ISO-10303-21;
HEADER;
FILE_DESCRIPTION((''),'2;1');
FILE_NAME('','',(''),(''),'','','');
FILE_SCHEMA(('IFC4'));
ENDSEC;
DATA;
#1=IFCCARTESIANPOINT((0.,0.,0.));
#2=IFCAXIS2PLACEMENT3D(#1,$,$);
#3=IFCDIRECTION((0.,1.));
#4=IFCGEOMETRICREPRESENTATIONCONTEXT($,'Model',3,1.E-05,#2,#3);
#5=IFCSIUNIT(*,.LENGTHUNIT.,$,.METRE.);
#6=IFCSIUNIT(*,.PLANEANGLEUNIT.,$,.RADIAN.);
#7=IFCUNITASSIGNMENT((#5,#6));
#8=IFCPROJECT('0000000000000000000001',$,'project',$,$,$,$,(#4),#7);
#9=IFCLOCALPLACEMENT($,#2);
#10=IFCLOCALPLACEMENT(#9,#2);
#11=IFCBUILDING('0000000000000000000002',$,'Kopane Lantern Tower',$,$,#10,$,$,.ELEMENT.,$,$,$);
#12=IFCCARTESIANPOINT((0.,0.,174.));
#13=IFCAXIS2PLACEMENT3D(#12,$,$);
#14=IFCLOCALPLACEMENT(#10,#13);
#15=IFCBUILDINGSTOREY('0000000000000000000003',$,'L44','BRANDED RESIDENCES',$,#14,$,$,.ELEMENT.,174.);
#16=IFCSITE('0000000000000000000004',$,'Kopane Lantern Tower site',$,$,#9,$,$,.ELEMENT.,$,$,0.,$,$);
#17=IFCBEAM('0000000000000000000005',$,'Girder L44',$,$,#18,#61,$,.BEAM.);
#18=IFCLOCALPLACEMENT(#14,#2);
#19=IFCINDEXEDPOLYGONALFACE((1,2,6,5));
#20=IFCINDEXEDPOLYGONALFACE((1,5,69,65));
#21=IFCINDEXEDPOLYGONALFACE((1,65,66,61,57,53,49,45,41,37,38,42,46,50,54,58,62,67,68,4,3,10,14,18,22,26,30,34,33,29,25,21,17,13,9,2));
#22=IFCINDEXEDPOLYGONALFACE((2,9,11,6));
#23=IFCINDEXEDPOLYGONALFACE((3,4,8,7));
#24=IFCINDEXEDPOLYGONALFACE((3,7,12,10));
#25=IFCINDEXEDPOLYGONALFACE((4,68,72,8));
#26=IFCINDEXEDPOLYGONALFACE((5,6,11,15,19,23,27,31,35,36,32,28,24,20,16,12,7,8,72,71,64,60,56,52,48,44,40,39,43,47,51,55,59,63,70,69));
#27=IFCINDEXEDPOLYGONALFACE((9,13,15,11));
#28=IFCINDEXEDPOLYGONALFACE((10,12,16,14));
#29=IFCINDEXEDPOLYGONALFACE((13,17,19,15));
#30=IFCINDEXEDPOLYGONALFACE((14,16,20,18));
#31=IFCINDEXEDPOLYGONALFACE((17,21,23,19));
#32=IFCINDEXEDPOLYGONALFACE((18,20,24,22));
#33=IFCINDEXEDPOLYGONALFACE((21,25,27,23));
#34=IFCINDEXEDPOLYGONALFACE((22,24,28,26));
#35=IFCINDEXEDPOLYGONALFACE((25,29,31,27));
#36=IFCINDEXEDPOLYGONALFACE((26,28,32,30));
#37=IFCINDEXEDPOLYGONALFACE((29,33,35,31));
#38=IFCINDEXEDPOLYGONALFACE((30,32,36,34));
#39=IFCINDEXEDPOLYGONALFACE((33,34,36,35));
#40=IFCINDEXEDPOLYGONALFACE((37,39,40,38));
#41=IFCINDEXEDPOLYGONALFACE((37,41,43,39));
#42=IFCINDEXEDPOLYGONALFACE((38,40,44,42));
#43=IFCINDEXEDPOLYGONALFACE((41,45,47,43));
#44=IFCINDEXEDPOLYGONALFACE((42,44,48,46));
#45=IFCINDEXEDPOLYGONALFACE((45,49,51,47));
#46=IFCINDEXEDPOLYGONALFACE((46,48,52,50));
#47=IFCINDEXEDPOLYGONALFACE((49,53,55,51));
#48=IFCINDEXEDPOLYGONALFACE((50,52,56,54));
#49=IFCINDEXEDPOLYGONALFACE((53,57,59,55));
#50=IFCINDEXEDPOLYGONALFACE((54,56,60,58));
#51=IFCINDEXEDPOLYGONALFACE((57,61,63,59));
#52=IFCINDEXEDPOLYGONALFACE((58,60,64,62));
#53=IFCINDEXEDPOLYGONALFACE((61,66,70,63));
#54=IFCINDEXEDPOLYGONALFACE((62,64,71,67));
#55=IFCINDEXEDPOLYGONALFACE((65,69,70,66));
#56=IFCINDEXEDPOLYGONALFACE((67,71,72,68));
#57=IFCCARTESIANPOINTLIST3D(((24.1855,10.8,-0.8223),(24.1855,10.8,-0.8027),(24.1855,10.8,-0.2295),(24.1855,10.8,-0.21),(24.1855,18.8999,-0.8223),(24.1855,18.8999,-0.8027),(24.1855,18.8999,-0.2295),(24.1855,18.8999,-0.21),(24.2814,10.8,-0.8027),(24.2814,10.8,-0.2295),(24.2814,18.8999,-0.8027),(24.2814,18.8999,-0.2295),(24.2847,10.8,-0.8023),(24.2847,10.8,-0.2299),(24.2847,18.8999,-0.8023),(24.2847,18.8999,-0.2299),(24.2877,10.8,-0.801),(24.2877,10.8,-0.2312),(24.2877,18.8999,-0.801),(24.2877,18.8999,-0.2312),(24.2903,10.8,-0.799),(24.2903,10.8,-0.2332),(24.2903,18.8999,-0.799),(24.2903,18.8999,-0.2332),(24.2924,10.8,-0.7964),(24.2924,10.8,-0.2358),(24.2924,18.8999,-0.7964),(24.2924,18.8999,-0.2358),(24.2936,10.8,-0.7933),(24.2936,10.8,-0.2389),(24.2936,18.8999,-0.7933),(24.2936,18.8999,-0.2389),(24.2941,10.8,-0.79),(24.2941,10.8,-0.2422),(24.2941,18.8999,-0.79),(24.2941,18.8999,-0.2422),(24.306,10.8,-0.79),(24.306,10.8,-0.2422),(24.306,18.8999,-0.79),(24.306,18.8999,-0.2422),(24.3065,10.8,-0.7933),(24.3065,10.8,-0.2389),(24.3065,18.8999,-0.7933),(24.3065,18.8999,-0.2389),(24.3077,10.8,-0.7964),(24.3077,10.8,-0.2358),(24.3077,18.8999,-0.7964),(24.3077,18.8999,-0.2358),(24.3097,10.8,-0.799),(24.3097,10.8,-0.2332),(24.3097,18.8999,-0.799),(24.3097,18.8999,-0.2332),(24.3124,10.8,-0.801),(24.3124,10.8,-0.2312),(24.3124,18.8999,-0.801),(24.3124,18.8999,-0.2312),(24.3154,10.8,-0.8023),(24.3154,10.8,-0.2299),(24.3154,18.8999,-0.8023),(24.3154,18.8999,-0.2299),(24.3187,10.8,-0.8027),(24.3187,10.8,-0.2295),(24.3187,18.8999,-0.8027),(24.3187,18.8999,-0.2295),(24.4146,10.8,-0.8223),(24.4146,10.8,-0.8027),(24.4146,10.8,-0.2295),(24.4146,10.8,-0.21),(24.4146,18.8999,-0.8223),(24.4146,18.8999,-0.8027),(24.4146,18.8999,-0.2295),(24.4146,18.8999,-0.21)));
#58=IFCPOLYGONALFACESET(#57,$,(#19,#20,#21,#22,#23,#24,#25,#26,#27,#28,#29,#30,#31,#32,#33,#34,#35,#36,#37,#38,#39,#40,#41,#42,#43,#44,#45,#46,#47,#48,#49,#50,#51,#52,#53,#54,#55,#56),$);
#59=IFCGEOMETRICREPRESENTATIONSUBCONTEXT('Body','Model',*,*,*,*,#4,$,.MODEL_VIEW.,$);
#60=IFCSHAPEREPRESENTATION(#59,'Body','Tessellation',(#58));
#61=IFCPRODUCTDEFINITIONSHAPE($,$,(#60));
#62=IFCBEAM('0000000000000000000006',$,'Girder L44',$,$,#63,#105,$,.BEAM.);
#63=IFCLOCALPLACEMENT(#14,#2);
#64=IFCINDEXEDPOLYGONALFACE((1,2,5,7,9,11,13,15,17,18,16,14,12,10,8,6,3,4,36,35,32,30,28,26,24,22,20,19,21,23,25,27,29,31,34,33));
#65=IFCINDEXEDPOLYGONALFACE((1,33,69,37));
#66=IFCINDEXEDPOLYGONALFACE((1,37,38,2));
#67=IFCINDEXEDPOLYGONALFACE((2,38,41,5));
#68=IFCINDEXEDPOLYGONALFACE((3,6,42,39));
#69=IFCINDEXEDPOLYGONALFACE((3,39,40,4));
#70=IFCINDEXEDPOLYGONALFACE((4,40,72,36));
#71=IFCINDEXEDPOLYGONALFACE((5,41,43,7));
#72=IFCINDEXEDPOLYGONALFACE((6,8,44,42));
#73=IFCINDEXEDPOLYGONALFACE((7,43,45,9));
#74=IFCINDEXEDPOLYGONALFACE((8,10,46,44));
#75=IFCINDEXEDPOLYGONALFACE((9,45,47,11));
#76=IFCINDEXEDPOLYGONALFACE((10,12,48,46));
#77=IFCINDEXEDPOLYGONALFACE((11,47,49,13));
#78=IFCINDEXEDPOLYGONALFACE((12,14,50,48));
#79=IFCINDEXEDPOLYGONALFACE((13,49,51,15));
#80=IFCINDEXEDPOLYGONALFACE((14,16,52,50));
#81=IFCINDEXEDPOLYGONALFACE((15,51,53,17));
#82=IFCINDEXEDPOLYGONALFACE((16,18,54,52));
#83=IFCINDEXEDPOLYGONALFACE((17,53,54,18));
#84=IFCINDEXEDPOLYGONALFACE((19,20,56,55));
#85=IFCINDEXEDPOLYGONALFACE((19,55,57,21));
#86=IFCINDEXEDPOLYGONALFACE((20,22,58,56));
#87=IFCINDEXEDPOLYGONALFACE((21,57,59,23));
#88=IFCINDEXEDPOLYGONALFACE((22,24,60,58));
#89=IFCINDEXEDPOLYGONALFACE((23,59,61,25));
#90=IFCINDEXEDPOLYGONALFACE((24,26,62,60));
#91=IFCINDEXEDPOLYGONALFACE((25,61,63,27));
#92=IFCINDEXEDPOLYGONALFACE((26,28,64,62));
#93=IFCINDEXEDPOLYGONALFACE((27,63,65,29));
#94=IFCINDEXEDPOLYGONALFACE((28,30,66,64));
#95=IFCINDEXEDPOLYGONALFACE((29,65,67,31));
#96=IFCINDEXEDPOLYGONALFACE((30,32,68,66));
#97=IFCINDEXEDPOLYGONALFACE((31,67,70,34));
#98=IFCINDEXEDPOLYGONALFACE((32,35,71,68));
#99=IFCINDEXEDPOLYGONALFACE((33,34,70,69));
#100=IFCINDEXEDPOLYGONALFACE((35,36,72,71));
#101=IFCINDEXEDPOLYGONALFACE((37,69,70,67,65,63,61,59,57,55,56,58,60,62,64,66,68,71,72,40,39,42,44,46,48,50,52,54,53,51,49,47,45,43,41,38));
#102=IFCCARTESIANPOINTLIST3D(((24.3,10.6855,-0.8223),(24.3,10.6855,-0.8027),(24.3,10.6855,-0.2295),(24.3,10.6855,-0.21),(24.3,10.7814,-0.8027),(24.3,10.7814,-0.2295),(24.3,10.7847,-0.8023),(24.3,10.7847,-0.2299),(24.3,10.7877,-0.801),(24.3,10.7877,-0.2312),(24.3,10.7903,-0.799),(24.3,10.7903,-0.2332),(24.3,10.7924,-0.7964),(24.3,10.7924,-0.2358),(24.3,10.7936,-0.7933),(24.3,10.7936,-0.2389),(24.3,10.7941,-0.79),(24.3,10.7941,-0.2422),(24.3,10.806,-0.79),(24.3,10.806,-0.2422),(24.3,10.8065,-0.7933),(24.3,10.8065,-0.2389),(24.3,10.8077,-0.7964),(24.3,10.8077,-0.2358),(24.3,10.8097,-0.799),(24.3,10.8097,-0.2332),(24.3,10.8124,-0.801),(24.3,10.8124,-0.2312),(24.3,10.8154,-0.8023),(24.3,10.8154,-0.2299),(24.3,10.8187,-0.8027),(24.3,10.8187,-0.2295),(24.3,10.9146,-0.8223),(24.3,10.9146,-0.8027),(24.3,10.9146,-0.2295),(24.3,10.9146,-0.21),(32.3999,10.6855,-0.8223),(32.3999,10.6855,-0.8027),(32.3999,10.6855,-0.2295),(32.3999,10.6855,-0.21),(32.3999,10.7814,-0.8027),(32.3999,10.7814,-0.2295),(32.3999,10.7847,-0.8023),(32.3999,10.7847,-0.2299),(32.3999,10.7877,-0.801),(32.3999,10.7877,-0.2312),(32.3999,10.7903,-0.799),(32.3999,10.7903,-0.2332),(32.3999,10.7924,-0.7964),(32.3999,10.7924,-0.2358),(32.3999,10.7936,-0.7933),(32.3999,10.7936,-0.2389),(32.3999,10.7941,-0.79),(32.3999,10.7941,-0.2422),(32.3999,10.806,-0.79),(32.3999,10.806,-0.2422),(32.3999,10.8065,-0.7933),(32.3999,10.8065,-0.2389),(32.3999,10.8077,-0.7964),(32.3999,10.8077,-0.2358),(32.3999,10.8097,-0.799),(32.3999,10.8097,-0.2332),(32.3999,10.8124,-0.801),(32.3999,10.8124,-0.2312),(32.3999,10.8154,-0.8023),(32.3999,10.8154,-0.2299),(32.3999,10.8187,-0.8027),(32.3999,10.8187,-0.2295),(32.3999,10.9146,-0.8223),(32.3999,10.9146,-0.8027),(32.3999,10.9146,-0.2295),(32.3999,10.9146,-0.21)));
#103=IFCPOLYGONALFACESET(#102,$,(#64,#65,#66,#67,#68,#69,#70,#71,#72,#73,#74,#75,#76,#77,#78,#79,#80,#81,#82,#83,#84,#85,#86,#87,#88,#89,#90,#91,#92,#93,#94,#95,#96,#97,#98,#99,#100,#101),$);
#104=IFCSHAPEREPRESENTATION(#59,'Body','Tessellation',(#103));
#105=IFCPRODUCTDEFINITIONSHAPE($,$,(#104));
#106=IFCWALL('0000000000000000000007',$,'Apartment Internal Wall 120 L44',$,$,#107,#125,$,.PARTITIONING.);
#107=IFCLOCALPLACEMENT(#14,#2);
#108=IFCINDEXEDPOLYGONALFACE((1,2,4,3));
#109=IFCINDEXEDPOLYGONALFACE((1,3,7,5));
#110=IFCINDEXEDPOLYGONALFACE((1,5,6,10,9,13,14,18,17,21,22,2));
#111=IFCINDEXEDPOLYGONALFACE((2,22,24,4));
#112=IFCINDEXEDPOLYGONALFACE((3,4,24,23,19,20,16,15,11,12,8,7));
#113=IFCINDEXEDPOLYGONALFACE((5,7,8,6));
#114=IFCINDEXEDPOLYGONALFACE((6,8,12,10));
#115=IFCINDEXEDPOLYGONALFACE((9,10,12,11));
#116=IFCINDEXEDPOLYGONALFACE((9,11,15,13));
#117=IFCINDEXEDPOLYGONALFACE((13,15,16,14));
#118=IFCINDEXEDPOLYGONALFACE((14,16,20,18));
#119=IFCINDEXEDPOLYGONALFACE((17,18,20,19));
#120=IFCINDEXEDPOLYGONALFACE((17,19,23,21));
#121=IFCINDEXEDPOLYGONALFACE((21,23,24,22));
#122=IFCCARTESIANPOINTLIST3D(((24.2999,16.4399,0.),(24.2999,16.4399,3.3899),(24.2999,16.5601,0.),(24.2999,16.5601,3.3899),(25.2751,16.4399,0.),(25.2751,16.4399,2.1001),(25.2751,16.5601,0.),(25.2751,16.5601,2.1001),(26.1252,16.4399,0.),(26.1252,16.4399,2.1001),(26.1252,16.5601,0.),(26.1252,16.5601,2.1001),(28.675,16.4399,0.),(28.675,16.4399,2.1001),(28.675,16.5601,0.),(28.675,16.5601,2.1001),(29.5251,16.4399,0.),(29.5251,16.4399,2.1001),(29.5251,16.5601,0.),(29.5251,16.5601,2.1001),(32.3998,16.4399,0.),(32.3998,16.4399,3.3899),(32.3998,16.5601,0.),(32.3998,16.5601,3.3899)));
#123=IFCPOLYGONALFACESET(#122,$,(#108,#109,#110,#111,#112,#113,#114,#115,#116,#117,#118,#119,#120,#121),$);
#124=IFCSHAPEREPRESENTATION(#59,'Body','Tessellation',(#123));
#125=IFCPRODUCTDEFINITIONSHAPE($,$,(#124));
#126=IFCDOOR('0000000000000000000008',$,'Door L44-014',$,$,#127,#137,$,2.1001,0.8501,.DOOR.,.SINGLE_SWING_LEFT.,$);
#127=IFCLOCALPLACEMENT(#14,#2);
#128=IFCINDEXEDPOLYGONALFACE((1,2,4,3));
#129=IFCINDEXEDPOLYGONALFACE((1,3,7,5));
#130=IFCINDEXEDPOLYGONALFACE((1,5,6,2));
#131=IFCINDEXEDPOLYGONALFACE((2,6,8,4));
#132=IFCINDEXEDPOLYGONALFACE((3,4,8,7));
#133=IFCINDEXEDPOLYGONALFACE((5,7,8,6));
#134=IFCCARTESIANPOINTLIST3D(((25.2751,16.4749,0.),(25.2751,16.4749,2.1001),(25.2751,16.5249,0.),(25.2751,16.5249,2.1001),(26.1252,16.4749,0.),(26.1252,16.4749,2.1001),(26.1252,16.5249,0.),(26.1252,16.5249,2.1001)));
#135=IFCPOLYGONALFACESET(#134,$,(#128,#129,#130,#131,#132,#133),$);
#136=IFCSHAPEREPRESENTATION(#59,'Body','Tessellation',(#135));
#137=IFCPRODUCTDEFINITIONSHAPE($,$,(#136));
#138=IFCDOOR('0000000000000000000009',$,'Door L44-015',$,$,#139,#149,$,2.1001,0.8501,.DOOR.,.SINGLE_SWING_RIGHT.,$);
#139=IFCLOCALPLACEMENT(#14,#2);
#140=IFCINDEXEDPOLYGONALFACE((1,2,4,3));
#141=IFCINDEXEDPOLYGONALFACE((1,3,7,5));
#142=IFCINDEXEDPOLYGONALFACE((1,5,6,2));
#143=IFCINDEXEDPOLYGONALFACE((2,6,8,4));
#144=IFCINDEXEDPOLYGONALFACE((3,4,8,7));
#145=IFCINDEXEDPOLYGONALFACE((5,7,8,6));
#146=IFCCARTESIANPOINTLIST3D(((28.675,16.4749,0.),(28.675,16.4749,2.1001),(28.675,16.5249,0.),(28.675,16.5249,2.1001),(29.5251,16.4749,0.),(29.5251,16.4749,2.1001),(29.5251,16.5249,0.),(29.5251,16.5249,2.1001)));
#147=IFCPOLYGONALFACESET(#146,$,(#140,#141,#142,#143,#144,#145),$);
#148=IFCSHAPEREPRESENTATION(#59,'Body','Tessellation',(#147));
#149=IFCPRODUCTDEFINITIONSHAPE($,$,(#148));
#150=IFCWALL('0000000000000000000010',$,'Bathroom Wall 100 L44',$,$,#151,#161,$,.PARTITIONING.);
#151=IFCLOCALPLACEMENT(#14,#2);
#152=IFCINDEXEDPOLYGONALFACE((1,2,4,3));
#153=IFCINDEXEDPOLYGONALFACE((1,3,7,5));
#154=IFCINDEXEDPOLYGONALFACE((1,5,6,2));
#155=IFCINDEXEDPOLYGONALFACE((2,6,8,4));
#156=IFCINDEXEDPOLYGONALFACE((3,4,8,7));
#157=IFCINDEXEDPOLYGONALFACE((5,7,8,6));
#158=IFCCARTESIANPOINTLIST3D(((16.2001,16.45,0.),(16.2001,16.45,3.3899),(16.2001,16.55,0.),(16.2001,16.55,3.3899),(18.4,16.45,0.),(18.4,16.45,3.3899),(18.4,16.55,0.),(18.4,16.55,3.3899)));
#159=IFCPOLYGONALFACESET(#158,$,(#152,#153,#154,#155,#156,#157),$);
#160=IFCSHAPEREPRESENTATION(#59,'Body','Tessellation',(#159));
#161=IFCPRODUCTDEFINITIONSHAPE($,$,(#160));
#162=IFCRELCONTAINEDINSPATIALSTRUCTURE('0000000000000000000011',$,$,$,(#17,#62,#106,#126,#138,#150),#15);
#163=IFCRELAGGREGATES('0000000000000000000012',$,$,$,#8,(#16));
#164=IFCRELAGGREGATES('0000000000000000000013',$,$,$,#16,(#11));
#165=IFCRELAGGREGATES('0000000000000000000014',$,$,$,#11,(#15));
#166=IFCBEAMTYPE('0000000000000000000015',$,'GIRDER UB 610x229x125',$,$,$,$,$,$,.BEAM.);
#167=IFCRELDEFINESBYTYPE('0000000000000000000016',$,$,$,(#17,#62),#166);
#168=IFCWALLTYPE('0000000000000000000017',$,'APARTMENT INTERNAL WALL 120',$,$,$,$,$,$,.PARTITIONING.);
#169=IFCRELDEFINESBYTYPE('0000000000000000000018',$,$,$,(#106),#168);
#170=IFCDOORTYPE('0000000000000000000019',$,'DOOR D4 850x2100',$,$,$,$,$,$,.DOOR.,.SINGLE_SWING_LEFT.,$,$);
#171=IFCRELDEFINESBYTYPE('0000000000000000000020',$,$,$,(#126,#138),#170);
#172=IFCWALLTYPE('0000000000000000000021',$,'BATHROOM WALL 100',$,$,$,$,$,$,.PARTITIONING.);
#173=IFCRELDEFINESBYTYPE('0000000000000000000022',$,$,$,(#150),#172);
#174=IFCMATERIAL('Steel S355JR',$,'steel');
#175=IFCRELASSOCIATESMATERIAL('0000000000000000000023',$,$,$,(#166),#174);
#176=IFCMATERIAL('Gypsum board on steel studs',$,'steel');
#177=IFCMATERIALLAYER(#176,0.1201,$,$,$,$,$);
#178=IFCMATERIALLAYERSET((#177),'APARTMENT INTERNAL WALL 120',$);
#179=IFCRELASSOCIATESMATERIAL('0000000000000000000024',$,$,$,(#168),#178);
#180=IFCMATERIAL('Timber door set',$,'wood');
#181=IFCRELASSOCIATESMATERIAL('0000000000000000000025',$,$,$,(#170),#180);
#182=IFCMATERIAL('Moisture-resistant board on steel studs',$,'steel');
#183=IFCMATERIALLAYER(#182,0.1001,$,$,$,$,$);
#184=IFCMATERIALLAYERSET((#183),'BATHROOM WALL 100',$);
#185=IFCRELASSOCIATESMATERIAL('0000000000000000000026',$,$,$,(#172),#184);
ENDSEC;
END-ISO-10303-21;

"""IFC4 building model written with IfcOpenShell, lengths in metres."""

from ifc_helpers import new_model, si_unit, direction, frame, frame_2d, origin, origin_2d, place, context, subcontext, project, spatial, rectangle, i_section, extrude, material, layer, layer_set, material_profile, profile_set, type_object, element, fill, save


model = new_model("IFC4")

# Units and contexts
model_context = context("Model", 3, precision=1e-05, world=origin(), true_north=direction((0.0, 1.0)))
body_context = subcontext(model_context, "Body", "Model", "MODEL_VIEW")
ifc_project = project(units=[si_unit("LENGTHUNIT", "METRE"), si_unit("PLANEANGLEUNIT", "RADIAN")], contexts=[model_context])

# Site, building, storey
site_placement = place(None, origin())
site = spatial("IfcSite", under=ifc_project, at=site_placement, Name="Kopane Lantern Tower site", CompositionType="ELEMENT", RefElevation=0.0)
building_placement = place(site_placement, origin())
building = spatial("IfcBuilding", under=site, at=building_placement, Name="Kopane Lantern Tower", CompositionType="ELEMENT")
storey_placement = place(building_placement, frame((0.0, 0.0, 174.0)))
storey = spatial("IfcBuildingStorey", under=building, at=storey_placement, Name="L44", Description="BRANDED RESIDENCES", CompositionType="ELEMENT", Elevation=174.0)

# Beams
ifc_material_1 = material(Name="Steel S355JR", Category="steel")
ifc_material_profile_1 = material_profile(ifc_material_1, i_section(OverallWidth=0.229, OverallDepth=0.6123, WebThickness=0.012, FlangeThickness=0.0195, FilletRadius=0.0127, at=origin_2d()), Name="UB 610x229x125")
ifc_profile_set_1 = profile_set([ifc_material_profile_1], Name="Steel S355JR")
beam_type = type_object("IfcBeamType", Name="GIRDER UB 610x229x125", PredefinedType="BEAM", material=ifc_profile_set_1)
for number, where, z_axis, x_axis, name in (
    (1, (24.3, 10.8, -0.5161), (0.0, 1.0, 0.0), (-1.0, 0.0, 0.0), "Girder L44"),
    (2, (24.3, 10.8, -0.5161), (1.0, 0.0, 0.0), (0.0, 1.0, 0.0), "Girder L44"),
):
    element("IfcBeam", number, at=place(storey_placement, frame(where, z_axis=z_axis, x_axis=x_axis)), inside=storey, type_object=beam_type, Name=name, PredefinedType="BEAM", context=body_context, shape_type="SweptSolid", body=[
        extrude(i_section(OverallWidth=0.229, OverallDepth=0.6123, WebThickness=0.012, FlangeThickness=0.0195, FilletRadius=0.0127, at=origin_2d()), origin(), (0.0, 0.0, 1.0), 8.0999),
    ])

# Wall, openings, doors
ifc_material_2 = material(Name="Gypsum board on steel studs", Category="steel")
ifc_layer_1 = layer(ifc_material_2, 0.1201)
ifc_layer_set_1 = layer_set([ifc_layer_1], Name="APARTMENT INTERNAL WALL 120")
wall_type_1 = type_object("IfcWallType", Name="APARTMENT INTERNAL WALL 120", PredefinedType="PARTITIONING", material=ifc_layer_set_1)
wall_1_placement = place(storey_placement, frame((24.3, 16.5, 0.0), z_axis=(0.0, 0.0, 1.0), x_axis=(1.0, 0.0, 0.0)))
wall_1 = element("IfcWall", 3, at=wall_1_placement, inside=storey, type_object=wall_type_1, Name="Apartment Internal Wall 120 L44", PredefinedType="PARTITIONING", context=body_context, shape_type="SweptSolid", body=[
    extrude(rectangle(XDim=8.0999, YDim=0.1201, at=frame_2d((4.0498, 0.0))), origin(), (0.0, 0.0, 1.0), 3.3899),
])
opening_1_placement = place(wall_1_placement, frame((0.9751, 0.0, 0.0)))
opening_1 = element("IfcOpeningElement", 4, at=opening_1_placement, cuts=wall_1, PredefinedType="OPENING", context=body_context, shape_type="SweptSolid", body=[
    extrude(rectangle(XDim=0.8501, YDim=2.1001, at=frame_2d((0.425, 1.05))), frame((0.0, 0.0701, 0.0), z_axis=(0.0, -1.0, 0.0), x_axis=(1.0, 0.0, 0.0)), (0.0, 0.0, 1.0), 0.1401),
])
opening_2_placement = place(wall_1_placement, frame((4.375, 0.0, 0.0)))
opening_2 = element("IfcOpeningElement", 5, at=opening_2_placement, cuts=wall_1, PredefinedType="OPENING", context=body_context, shape_type="SweptSolid", body=[
    extrude(rectangle(XDim=0.8501, YDim=2.1001, at=frame_2d((0.425, 1.05))), frame((0.0, 0.0701, 0.0), z_axis=(0.0, -1.0, 0.0), x_axis=(1.0, 0.0, 0.0)), (0.0, 0.0, 1.0), 0.1401),
])
ifc_material_3 = material(Name="Timber door set", Category="wood")
door_type_1 = type_object("IfcDoorType", Name="DOOR D4 850x2100", OperationType="SINGLE_SWING_LEFT", PredefinedType="DOOR", material=ifc_material_3)
door_1_placement = place(opening_1_placement, origin())
door_1 = element("IfcDoor", 6, at=door_1_placement, inside=storey, type_object=door_type_1, Name="Door L44-014", OperationType="SINGLE_SWING_LEFT", OverallHeight=2.1001, OverallWidth=0.8501, PredefinedType="DOOR", context=body_context, shape_type="SweptSolid", body=[
    extrude(rectangle(XDim=0.8501, YDim=2.1001, at=frame_2d((0.425, 1.05))), frame((0.0, 0.0249, 0.0), z_axis=(0.0, -1.0, 0.0), x_axis=(1.0, 0.0, 0.0)), (0.0, 0.0, 1.0), 0.05),
])
fill(opening_1, door_1)
door_2_placement = place(opening_2_placement, origin())
door_2 = element("IfcDoor", 7, at=door_2_placement, inside=storey, type_object=door_type_1, Name="Door L44-015", OperationType="SINGLE_SWING_RIGHT", OverallHeight=2.1001, OverallWidth=0.8501, PredefinedType="DOOR", context=body_context, shape_type="SweptSolid", body=[
    extrude(rectangle(XDim=0.8501, YDim=2.1001, at=frame_2d((0.425, 1.05))), frame((0.0, 0.0249, 0.0), z_axis=(0.0, -1.0, 0.0), x_axis=(1.0, 0.0, 0.0)), (0.0, 0.0, 1.0), 0.05),
])
fill(opening_2, door_2)

# Wall
ifc_material_4 = material(Name="Moisture-resistant board on steel studs", Category="steel")
ifc_layer_2 = layer(ifc_material_4, 0.1001)
ifc_layer_set_2 = layer_set([ifc_layer_2], Name="BATHROOM WALL 100")
wall_type_2 = type_object("IfcWallType", Name="BATHROOM WALL 100", PredefinedType="PARTITIONING", material=ifc_layer_set_2)
wall_2_placement = place(storey_placement, frame((16.2, 16.5, 0.0), z_axis=(0.0, 0.0, 1.0), x_axis=(1.0, 0.0, 0.0)))
element("IfcWall", 8, at=wall_2_placement, inside=storey, type_object=wall_type_2, Name="Bathroom Wall 100 L44", PredefinedType="PARTITIONING", context=body_context, shape_type="SweptSolid", body=[
    extrude(rectangle(XDim=2.2, YDim=0.1001, at=frame_2d((1.1001, 0.0))), origin(), (0.0, 0.0, 1.0), 3.3899),
])

save(model, "model.ifc")
